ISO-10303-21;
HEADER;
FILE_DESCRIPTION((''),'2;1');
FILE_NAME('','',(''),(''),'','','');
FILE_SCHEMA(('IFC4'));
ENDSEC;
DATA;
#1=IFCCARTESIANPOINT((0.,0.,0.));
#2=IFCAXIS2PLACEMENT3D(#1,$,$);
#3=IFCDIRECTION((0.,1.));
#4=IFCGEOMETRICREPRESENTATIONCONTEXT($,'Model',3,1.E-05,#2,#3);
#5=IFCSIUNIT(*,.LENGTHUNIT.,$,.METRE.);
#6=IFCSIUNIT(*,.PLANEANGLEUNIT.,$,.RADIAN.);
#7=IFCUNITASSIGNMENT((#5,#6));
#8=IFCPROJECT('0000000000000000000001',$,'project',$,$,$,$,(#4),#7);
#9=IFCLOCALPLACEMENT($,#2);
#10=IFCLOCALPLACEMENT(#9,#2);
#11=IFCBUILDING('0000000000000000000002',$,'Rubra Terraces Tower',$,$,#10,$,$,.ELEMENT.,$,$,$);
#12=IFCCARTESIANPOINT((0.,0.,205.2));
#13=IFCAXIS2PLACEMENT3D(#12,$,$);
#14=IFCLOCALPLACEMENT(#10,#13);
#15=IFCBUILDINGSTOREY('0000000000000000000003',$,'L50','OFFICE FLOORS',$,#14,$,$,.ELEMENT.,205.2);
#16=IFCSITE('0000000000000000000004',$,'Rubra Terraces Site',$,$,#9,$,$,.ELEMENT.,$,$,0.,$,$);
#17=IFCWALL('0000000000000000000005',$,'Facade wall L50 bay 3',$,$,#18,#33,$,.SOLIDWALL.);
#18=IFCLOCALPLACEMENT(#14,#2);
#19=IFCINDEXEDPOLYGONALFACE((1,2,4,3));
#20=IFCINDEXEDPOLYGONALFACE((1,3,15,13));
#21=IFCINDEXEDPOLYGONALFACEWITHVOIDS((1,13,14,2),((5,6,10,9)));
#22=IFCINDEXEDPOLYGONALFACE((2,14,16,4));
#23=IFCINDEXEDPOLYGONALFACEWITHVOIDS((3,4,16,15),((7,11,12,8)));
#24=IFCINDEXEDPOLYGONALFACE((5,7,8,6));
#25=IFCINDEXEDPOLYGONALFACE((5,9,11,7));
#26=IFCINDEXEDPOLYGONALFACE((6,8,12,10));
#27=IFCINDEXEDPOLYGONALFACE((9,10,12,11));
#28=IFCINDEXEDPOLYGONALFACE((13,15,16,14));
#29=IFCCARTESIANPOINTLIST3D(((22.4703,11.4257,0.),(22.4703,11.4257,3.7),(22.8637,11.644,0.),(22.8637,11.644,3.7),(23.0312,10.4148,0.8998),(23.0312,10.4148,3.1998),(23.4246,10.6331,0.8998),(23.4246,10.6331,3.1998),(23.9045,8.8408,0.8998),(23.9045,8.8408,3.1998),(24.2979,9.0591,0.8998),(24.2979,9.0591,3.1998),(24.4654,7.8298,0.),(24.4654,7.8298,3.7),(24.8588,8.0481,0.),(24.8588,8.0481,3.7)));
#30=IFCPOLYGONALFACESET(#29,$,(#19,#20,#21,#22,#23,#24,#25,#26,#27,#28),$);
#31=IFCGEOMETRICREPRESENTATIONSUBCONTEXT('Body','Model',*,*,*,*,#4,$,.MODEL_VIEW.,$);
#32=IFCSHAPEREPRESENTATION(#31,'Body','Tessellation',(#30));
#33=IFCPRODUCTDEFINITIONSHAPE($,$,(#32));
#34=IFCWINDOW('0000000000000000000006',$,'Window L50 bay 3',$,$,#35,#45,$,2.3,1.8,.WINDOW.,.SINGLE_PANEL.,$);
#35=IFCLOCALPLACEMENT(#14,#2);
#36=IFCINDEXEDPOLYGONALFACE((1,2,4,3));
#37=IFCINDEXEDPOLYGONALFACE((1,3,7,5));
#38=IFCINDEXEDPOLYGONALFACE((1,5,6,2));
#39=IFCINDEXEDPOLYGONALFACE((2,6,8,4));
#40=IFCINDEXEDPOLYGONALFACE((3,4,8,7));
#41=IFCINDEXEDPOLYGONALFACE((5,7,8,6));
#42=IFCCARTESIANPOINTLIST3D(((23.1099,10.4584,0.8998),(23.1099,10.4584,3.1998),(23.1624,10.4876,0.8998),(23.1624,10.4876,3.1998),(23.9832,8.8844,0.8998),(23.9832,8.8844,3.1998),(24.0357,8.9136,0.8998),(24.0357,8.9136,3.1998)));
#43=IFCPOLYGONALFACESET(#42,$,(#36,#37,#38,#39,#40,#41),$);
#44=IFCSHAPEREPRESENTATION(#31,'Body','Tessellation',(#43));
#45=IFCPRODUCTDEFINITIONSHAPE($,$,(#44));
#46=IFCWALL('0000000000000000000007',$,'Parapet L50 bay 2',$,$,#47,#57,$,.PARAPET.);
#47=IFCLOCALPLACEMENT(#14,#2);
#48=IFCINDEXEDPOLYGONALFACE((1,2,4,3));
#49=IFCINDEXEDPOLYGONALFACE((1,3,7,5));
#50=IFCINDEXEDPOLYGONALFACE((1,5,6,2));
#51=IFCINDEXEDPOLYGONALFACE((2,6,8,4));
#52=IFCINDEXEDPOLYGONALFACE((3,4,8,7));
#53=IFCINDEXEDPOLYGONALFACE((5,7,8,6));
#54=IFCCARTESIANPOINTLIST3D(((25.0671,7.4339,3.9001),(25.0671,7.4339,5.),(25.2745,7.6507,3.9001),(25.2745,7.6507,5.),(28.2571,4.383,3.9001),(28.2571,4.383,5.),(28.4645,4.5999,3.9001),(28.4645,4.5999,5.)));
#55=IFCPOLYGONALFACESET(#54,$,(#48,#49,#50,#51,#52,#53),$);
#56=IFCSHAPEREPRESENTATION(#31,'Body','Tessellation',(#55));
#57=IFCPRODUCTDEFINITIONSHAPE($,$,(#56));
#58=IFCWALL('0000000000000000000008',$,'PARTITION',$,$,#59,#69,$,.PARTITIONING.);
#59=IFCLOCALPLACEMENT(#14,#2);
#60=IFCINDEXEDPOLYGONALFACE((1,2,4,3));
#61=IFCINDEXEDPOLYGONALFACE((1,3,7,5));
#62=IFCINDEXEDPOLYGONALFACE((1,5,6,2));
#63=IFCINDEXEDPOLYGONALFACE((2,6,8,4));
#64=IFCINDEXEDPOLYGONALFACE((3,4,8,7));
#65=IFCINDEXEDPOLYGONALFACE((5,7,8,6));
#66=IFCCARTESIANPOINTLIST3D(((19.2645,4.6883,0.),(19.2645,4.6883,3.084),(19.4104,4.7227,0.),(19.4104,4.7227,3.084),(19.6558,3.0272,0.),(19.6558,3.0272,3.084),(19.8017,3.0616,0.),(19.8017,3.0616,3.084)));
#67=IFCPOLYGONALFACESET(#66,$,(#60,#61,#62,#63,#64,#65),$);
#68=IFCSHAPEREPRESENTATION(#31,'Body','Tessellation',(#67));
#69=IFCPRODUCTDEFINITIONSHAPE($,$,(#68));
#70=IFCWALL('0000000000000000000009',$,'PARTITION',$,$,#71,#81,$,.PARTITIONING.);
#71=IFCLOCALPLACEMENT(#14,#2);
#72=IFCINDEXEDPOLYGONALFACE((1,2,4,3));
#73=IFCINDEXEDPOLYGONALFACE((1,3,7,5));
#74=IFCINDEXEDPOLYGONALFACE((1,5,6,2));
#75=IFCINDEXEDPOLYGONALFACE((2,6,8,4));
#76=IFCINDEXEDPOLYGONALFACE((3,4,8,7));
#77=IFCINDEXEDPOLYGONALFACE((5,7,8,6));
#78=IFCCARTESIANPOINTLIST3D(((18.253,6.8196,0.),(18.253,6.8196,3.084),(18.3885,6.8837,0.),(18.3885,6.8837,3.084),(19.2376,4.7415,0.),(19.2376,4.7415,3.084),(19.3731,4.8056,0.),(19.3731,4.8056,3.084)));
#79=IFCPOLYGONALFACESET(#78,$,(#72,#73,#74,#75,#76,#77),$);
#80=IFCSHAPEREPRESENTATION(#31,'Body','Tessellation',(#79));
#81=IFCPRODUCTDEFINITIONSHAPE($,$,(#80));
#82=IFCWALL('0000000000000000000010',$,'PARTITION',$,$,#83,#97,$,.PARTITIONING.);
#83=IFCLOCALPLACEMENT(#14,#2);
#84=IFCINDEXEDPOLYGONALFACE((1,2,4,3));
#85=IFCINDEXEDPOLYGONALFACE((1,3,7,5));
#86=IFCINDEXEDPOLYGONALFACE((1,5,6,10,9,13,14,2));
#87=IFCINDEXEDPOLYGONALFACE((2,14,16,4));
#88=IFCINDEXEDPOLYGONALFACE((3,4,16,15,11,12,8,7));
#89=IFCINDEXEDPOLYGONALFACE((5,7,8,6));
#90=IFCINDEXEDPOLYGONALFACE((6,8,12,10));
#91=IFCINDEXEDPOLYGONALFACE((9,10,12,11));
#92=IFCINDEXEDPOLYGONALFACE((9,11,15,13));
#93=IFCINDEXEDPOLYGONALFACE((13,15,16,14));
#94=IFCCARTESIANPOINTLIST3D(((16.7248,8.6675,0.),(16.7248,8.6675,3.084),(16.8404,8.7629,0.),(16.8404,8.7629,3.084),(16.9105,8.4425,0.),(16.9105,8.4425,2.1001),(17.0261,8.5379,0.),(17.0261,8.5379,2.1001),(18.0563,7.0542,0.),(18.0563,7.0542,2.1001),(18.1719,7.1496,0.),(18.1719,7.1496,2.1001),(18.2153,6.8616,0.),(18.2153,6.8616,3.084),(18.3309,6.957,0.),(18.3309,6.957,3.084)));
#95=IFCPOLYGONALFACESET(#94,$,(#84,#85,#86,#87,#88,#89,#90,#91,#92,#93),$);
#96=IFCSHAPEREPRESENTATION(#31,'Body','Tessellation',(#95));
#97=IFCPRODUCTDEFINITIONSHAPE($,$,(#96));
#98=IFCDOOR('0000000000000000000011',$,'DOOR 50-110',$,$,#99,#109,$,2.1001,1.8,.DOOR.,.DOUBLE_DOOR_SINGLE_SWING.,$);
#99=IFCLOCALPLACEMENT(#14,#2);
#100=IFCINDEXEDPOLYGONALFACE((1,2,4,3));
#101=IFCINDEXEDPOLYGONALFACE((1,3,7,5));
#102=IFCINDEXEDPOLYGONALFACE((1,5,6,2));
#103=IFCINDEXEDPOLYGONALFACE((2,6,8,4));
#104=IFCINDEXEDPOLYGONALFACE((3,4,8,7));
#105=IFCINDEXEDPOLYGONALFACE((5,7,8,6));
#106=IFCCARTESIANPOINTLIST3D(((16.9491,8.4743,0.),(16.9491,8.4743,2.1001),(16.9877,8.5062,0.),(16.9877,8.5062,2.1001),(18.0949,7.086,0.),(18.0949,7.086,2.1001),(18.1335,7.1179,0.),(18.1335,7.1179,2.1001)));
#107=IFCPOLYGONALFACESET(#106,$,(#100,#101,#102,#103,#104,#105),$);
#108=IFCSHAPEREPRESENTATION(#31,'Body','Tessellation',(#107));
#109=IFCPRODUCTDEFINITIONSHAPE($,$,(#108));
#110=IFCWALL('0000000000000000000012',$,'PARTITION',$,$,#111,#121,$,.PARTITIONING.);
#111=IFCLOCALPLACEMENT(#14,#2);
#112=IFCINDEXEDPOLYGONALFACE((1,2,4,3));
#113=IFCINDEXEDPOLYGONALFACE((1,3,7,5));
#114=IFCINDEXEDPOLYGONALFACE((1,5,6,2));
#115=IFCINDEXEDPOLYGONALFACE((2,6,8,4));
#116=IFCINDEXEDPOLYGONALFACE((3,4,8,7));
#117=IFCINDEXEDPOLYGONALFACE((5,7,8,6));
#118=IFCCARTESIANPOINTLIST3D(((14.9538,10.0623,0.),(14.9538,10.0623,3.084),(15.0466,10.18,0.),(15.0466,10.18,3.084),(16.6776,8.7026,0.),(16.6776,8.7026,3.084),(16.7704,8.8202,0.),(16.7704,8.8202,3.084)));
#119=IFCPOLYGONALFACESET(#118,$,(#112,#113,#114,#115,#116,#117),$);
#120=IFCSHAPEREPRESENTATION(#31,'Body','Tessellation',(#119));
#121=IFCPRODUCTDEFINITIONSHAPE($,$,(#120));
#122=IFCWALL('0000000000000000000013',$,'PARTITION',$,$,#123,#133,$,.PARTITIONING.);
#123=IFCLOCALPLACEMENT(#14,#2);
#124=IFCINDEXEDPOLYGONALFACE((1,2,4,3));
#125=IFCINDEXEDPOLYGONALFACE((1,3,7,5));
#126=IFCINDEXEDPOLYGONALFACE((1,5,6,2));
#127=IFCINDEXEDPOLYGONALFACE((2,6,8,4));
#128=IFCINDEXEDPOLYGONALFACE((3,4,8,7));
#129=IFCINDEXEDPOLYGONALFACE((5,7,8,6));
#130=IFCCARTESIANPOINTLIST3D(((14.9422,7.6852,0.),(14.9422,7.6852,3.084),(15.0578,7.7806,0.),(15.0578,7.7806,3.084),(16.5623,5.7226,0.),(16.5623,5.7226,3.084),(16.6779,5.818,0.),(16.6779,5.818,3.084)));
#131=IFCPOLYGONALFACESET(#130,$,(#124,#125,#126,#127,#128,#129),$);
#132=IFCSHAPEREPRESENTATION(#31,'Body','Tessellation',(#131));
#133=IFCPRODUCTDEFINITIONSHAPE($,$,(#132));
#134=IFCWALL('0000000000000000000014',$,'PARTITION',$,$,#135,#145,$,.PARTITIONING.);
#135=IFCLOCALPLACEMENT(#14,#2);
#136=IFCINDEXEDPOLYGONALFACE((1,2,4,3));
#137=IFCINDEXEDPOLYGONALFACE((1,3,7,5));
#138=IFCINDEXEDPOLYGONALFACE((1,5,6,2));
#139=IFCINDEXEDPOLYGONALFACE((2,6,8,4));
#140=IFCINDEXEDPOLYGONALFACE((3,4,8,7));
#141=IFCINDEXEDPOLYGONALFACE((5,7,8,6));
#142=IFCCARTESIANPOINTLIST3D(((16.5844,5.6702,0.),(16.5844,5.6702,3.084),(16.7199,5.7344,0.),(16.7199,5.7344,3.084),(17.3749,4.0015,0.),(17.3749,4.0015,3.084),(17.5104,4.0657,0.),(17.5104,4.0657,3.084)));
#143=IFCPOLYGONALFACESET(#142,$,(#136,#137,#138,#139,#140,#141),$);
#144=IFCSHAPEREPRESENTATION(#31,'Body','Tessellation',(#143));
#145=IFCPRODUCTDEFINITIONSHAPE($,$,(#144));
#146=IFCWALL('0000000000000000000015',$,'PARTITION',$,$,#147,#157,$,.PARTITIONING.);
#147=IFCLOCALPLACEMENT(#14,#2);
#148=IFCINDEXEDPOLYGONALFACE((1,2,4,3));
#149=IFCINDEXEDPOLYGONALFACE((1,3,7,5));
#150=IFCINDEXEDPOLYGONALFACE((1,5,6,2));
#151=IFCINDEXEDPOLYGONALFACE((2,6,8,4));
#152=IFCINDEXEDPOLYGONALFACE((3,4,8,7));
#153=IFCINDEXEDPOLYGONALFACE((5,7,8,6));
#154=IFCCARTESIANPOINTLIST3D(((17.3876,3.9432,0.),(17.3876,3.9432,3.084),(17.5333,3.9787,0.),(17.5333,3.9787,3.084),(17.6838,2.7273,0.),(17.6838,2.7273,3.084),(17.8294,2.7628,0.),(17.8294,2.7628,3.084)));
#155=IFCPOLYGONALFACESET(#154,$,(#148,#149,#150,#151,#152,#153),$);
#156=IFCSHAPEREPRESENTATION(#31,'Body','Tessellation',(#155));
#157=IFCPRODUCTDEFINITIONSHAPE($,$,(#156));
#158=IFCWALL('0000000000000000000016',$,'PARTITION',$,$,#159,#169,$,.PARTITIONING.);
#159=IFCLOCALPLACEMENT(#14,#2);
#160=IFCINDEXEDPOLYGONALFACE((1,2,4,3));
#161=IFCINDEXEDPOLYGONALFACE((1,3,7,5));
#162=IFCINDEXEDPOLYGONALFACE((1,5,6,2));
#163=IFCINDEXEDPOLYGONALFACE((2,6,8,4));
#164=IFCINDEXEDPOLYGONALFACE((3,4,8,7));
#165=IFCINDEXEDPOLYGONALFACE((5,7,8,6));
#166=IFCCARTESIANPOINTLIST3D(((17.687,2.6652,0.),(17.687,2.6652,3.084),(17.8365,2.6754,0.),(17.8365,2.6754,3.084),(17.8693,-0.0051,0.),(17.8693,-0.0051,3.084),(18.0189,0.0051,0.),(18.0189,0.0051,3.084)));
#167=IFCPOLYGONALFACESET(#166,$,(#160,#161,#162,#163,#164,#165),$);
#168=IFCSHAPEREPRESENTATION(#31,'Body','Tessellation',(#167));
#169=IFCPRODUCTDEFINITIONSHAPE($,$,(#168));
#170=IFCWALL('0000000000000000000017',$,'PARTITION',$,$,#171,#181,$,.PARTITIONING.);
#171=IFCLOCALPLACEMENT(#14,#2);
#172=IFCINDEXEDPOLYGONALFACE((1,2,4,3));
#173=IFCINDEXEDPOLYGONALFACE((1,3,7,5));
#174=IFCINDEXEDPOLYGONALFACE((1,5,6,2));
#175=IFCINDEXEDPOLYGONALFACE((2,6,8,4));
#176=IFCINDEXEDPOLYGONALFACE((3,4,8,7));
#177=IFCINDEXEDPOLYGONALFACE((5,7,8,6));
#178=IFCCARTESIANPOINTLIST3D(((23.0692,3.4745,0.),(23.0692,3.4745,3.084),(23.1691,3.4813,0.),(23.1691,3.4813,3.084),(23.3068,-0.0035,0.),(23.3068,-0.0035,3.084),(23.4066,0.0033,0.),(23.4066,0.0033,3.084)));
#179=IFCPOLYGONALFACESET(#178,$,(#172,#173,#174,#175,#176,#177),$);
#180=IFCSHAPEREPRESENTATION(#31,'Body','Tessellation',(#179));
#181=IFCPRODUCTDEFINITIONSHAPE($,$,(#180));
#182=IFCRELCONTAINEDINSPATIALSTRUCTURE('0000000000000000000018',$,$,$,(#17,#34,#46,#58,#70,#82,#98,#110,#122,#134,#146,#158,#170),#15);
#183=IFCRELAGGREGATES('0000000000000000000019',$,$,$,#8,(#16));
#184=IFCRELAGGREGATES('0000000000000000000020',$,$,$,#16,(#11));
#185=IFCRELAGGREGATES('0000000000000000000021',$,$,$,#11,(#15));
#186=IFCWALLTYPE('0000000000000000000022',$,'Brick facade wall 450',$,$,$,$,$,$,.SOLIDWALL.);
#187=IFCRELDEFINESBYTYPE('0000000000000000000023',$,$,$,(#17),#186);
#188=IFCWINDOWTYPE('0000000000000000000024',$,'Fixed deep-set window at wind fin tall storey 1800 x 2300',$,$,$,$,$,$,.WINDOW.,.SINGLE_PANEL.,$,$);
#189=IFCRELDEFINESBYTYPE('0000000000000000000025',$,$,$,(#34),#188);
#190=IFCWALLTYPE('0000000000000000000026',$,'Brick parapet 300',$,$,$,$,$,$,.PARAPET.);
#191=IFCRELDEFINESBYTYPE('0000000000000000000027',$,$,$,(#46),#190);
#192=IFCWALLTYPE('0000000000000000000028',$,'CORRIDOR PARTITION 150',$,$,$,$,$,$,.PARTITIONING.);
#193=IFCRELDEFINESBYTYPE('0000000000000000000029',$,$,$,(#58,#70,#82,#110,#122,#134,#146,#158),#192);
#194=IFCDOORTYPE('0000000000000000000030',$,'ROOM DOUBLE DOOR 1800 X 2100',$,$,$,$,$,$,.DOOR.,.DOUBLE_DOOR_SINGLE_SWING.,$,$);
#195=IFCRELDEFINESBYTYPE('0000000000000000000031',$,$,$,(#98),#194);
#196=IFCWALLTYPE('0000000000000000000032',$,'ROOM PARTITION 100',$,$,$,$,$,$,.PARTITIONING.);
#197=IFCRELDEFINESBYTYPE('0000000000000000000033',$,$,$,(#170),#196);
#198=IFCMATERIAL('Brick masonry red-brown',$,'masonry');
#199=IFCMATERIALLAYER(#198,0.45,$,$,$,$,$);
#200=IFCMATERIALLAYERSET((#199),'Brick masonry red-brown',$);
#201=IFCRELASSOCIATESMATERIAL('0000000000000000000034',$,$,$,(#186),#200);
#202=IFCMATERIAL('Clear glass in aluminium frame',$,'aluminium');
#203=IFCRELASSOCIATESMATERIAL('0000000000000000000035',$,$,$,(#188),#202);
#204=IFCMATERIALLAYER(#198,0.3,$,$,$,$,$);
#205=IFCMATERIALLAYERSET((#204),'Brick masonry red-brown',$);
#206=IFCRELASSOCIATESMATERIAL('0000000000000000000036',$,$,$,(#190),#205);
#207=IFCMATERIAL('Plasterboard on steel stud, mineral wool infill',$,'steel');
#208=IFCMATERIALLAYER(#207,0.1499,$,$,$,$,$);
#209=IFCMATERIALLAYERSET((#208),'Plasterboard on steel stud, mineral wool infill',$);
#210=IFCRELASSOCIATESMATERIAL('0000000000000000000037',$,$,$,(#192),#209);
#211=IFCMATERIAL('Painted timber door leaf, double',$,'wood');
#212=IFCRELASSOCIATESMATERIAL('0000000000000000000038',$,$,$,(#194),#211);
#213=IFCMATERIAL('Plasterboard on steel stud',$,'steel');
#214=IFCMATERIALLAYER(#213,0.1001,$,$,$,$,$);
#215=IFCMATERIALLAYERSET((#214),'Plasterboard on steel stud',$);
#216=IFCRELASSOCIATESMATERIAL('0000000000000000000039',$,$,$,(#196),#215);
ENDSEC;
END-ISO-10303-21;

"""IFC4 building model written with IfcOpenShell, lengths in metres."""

from ifc_helpers import new_model, si_unit, direction, frame, frame_2d, origin, place, context, subcontext, project, spatial, rectangle, extrude, material, layer, layer_set, type_object, element, fill, save


model = new_model("IFC4")

# Units and contexts
model_context = context("Model", 3, precision=1e-05, world=origin(), true_north=direction((0.0, 1.0)))
body_context = subcontext(model_context, "Body", "Model", "MODEL_VIEW")
ifc_project = project(units=[si_unit("LENGTHUNIT", "METRE"), si_unit("PLANEANGLEUNIT", "RADIAN")], contexts=[model_context])

# Site, building, storey
site_placement = place(None, origin())
site = spatial("IfcSite", under=ifc_project, at=site_placement, Name="Rubra Terraces Site", CompositionType="ELEMENT", RefElevation=0.0)
building_placement = place(site_placement, origin())
building = spatial("IfcBuilding", under=site, at=building_placement, Name="Rubra Terraces Tower", CompositionType="ELEMENT")
storey_placement = place(building_placement, frame((0.0, 0.0, 205.2)))
storey = spatial("IfcBuildingStorey", under=building, at=storey_placement, Name="L50", Description="OFFICE FLOORS", CompositionType="ELEMENT", Elevation=205.2)

# Wall, opening, window
ifc_material_1 = material(Name="Brick masonry red-brown", Category="masonry")
ifc_layer_1 = layer(ifc_material_1, 0.45)
ifc_layer_set_1 = layer_set([ifc_layer_1], Name="Brick masonry red-brown")
wall_type_1 = type_object("IfcWallType", Name="Brick facade wall 450", PredefinedType="SOLIDWALL", material=ifc_layer_set_1)
ifc_material_2 = material(Name="Clear glass in aluminium frame", Category="aluminium")
wall_1_placement = place(storey_placement, frame((24.6621, 7.939, 0.0), z_axis=(0.0, 0.0, 1.0), x_axis=(-0.485154, 0.874429, 0.0)))
wall_1 = element("IfcWall", 1, at=wall_1_placement, inside=storey, type_object=wall_type_1, Name="Facade wall L50 bay 3", PredefinedType="SOLIDWALL", context=body_context, shape_type="SweptSolid", body=[
    extrude(rectangle(XDim=4.1123, YDim=0.45, at=frame_2d((2.0562, 0.0))), origin(), (0.0, 0.0, 1.0), 3.7),
])
opening_1_placement = place(wall_1_placement, frame((1.1562, 0.0, 0.8999)))
opening_1 = element("IfcOpeningElement", 2, at=opening_1_placement, cuts=wall_1, PredefinedType="OPENING", context=body_context, shape_type="SweptSolid", body=[
    extrude(rectangle(XDim=1.8, YDim=2.3, at=frame_2d((0.8999, 1.1499))), frame((0.0, 0.2349, 0.0), z_axis=(0.0, -1.0, 0.0), x_axis=(1.0, 0.0, 0.0)), (0.0, 0.0, 1.0), 0.47),
])
window_type_1 = type_object("IfcWindowType", Name="Fixed deep-set window at wind fin tall storey 1800 x 2300", PartitioningType="SINGLE_PANEL", PredefinedType="WINDOW", material=ifc_material_2)
window_1_placement = place(opening_1_placement, origin())
window_1 = element("IfcWindow", 3, at=window_1_placement, inside=storey, type_object=window_type_1, Name="Window L50 bay 3", OverallHeight=2.3, OverallWidth=1.8, PartitioningType="SINGLE_PANEL", PredefinedType="WINDOW", context=body_context, shape_type="SweptSolid", body=[
    extrude(rectangle(XDim=1.8, YDim=2.3, at=frame_2d((0.8999, 1.1499))), frame((0.0, 0.135, 0.0), z_axis=(0.0, -1.0, 0.0), x_axis=(1.0, 0.0, 0.0)), (0.0, 0.0, 1.0), 0.0601),
])
fill(opening_1, window_1)

# Walls
ifc_layer_2 = layer(ifc_material_1, 0.3)
ifc_layer_set_2 = layer_set([ifc_layer_2], Name="Brick masonry red-brown")
wall_type_2 = type_object("IfcWallType", Name="Brick parapet 300", PredefinedType="PARAPET", material=ifc_layer_set_2)
wall_2_placement = place(storey_placement, frame((28.3608, 4.4915, 3.9001), z_axis=(0.0, 0.0, 1.0), x_axis=(-0.722695, 0.691167, 0.0)))
element("IfcWall", 4, at=wall_2_placement, inside=storey, type_object=wall_type_2, Name="Parapet L50 bay 2", PredefinedType="PARAPET", context=body_context, shape_type="SweptSolid", body=[
    extrude(rectangle(XDim=4.4141, YDim=0.3, at=frame_2d((2.207, 0.0))), origin(), (0.0, 0.0, 1.0), 1.0999),
])
ifc_material_3 = material(Name="Plasterboard on steel stud, mineral wool infill", Category="steel")
ifc_layer_3 = layer(ifc_material_3, 0.1499)
ifc_layer_set_3 = layer_set([ifc_layer_3], Name="Plasterboard on steel stud, mineral wool infill")
wall_type_3 = type_object("IfcWallType", Name="CORRIDOR PARTITION 150", PredefinedType="PARTITIONING", material=ifc_layer_set_3)
wall_3_placement = place(storey_placement, frame((19.7288, 3.0444, 0.0), z_axis=(0.0, 0.0, 1.0), x_axis=(-0.229318, 0.973351, 0.0)))
element("IfcWall", 5, at=wall_3_placement, inside=storey, type_object=wall_type_3, Name="PARTITION", PredefinedType="PARTITIONING", context=body_context, shape_type="SweptSolid", body=[
    extrude(rectangle(XDim=1.7065, YDim=0.1499, at=frame_2d((0.8533, 0.0))), origin(), (0.0, 0.0, 1.0), 3.084),
])
wall_4_placement = place(storey_placement, frame((19.3054, 4.7734, 0.0), z_axis=(0.0, 0.0, 1.0), x_axis=(-0.428173, 0.903697, 0.0)))
element("IfcWall", 6, at=wall_4_placement, inside=storey, type_object=wall_type_3, Name="PARTITION", PredefinedType="PARTITIONING", context=body_context, shape_type="SweptSolid", body=[
    extrude(rectangle(XDim=2.2996, YDim=0.1499, at=frame_2d((1.1499, 0.0))), origin(), (0.0, 0.0, 1.0), 3.084),
])

# Wall, opening, door
wall_5_placement = place(storey_placement, frame((18.2732, 6.9092, 0.0), z_axis=(0.0, 0.0, 1.0), x_axis=(-0.636536, 0.771247, 0.0)))
wall_5 = element("IfcWall", 7, at=wall_5_placement, inside=storey, type_object=wall_type_3, Name="PARTITION", PredefinedType="PARTITIONING", context=body_context, shape_type="SweptSolid", body=[
    extrude(rectangle(XDim=2.3416, YDim=0.1499, at=frame_2d((1.1709, 0.0))), origin(), (0.0, 0.0, 1.0), 3.084),
])
opening_2_placement = place(wall_5_placement, frame((0.25, 0.0, 0.0)))
opening_2 = element("IfcOpeningElement", 8, at=opening_2_placement, cuts=wall_5, PredefinedType="OPENING", context=body_context, shape_type="SweptSolid", body=[
    extrude(rectangle(XDim=1.8, YDim=2.1001, at=frame_2d((0.8999, 1.05))), frame((0.0, 0.085, 0.0), z_axis=(0.0, -1.0, 0.0), x_axis=(1.0, 0.0, 0.0)), (0.0, 0.0, 1.0), 0.1699),
])
ifc_material_4 = material(Name="Painted timber door leaf, double", Category="wood")
door_type = type_object("IfcDoorType", Name="ROOM DOUBLE DOOR 1800 X 2100", OperationType="DOUBLE_DOOR_SINGLE_SWING", PredefinedType="DOOR", material=ifc_material_4)
door_placement = place(opening_2_placement, origin())
door = element("IfcDoor", 9, at=door_placement, inside=storey, type_object=door_type, Name="DOOR 50-110", OperationType="DOUBLE_DOOR_SINGLE_SWING", OverallHeight=2.1001, OverallWidth=1.8, PredefinedType="DOOR", context=body_context, shape_type="SweptSolid", body=[
    extrude(rectangle(XDim=1.8, YDim=2.1001, at=frame_2d((0.8999, 1.05))), frame((0.0, 0.0249, 0.0), z_axis=(0.0, -1.0, 0.0), x_axis=(1.0, 0.0, 0.0)), (0.0, 0.0, 1.0), 0.05),
])
fill(opening_2, door)

# Walls
wall_6_placement = place(storey_placement, frame((16.7239, 8.7615, 0.0), z_axis=(0.0, 0.0, 1.0), x_axis=(-0.785125, 0.619338, 0.0)))
element("IfcWall", 10, at=wall_6_placement, inside=storey, type_object=wall_type_3, Name="PARTITION", PredefinedType="PARTITIONING", context=body_context, shape_type="SweptSolid", body=[
    extrude(rectangle(XDim=2.1956, YDim=0.1499, at=frame_2d((1.0977, 0.0))), origin(), (0.0, 0.0, 1.0), 3.084),
])
wall_7_placement = place(storey_placement, frame((15.0, 7.7329, 0.0), z_axis=(0.0, 0.0, 1.0), x_axis=(0.636601, -0.771193, 0.0)))
element("IfcWall", 11, at=wall_7_placement, inside=storey, type_object=wall_type_3, Name="PARTITION", PredefinedType="PARTITIONING", context=body_context, shape_type="SweptSolid", body=[
    extrude(rectangle(XDim=2.5449, YDim=0.1499, at=frame_2d((1.2725, 0.0))), origin(), (0.0, 0.0, 1.0), 3.084),
])
wall_8_placement = place(storey_placement, frame((16.6521, 5.7024, 0.0), z_axis=(0.0, 0.0, 1.0), x_axis=(0.428126, -0.903719, 0.0)))
element("IfcWall", 12, at=wall_8_placement, inside=storey, type_object=wall_type_3, Name="PARTITION", PredefinedType="PARTITIONING", context=body_context, shape_type="SweptSolid", body=[
    extrude(rectangle(XDim=1.8464, YDim=0.1499, at=frame_2d((0.9233, 0.0))), origin(), (0.0, 0.0, 1.0), 3.084),
])
wall_9_placement = place(storey_placement, frame((17.4604, 3.9609, 0.0), z_axis=(0.0, 0.0, 1.0), x_axis=(0.236655, -0.971594, 0.0)))
element("IfcWall", 13, at=wall_9_placement, inside=storey, type_object=wall_type_3, Name="PARTITION", PredefinedType="PARTITIONING", context=body_context, shape_type="SweptSolid", body=[
    extrude(rectangle(XDim=1.2515, YDim=0.1499, at=frame_2d((0.6257, 0.0))), origin(), (0.0, 0.0, 1.0), 3.084),
])
wall_10_placement = place(storey_placement, frame((17.7617, 2.6704, 0.0), z_axis=(0.0, 0.0, 1.0), x_axis=(0.068135, -0.997676, 0.0)))
element("IfcWall", 14, at=wall_10_placement, inside=storey, type_object=wall_type_3, Name="PARTITION", PredefinedType="PARTITIONING", context=body_context, shape_type="SweptSolid", body=[
    extrude(rectangle(XDim=2.6765, YDim=0.1499, at=frame_2d((1.3384, 0.0))), origin(), (0.0, 0.0, 1.0), 3.084),
])
ifc_material_5 = material(Name="Plasterboard on steel stud", Category="steel")
ifc_layer_4 = layer(ifc_material_5, 0.1001)
ifc_layer_set_4 = layer_set([ifc_layer_4], Name="Plasterboard on steel stud")
wall_type_4 = type_object("IfcWallType", Name="ROOM PARTITION 100", PredefinedType="PARTITIONING", material=ifc_layer_set_4)
wall_11_placement = place(storey_placement, frame((23.1191, 3.478, 0.0), z_axis=(0.0, 0.0, 1.0), x_axis=(0.068141, -0.997676, 0.0)))
element("IfcWall", 15, at=wall_11_placement, inside=storey, type_object=wall_type_4, Name="PARTITION", PredefinedType="PARTITIONING", context=body_context, shape_type="SweptSolid", body=[
    extrude(rectangle(XDim=3.4861, YDim=0.1001, at=frame_2d((1.7432, 0.0))), origin(), (0.0, 0.0, 1.0), 3.084),
])

save(model, "model.ifc")
